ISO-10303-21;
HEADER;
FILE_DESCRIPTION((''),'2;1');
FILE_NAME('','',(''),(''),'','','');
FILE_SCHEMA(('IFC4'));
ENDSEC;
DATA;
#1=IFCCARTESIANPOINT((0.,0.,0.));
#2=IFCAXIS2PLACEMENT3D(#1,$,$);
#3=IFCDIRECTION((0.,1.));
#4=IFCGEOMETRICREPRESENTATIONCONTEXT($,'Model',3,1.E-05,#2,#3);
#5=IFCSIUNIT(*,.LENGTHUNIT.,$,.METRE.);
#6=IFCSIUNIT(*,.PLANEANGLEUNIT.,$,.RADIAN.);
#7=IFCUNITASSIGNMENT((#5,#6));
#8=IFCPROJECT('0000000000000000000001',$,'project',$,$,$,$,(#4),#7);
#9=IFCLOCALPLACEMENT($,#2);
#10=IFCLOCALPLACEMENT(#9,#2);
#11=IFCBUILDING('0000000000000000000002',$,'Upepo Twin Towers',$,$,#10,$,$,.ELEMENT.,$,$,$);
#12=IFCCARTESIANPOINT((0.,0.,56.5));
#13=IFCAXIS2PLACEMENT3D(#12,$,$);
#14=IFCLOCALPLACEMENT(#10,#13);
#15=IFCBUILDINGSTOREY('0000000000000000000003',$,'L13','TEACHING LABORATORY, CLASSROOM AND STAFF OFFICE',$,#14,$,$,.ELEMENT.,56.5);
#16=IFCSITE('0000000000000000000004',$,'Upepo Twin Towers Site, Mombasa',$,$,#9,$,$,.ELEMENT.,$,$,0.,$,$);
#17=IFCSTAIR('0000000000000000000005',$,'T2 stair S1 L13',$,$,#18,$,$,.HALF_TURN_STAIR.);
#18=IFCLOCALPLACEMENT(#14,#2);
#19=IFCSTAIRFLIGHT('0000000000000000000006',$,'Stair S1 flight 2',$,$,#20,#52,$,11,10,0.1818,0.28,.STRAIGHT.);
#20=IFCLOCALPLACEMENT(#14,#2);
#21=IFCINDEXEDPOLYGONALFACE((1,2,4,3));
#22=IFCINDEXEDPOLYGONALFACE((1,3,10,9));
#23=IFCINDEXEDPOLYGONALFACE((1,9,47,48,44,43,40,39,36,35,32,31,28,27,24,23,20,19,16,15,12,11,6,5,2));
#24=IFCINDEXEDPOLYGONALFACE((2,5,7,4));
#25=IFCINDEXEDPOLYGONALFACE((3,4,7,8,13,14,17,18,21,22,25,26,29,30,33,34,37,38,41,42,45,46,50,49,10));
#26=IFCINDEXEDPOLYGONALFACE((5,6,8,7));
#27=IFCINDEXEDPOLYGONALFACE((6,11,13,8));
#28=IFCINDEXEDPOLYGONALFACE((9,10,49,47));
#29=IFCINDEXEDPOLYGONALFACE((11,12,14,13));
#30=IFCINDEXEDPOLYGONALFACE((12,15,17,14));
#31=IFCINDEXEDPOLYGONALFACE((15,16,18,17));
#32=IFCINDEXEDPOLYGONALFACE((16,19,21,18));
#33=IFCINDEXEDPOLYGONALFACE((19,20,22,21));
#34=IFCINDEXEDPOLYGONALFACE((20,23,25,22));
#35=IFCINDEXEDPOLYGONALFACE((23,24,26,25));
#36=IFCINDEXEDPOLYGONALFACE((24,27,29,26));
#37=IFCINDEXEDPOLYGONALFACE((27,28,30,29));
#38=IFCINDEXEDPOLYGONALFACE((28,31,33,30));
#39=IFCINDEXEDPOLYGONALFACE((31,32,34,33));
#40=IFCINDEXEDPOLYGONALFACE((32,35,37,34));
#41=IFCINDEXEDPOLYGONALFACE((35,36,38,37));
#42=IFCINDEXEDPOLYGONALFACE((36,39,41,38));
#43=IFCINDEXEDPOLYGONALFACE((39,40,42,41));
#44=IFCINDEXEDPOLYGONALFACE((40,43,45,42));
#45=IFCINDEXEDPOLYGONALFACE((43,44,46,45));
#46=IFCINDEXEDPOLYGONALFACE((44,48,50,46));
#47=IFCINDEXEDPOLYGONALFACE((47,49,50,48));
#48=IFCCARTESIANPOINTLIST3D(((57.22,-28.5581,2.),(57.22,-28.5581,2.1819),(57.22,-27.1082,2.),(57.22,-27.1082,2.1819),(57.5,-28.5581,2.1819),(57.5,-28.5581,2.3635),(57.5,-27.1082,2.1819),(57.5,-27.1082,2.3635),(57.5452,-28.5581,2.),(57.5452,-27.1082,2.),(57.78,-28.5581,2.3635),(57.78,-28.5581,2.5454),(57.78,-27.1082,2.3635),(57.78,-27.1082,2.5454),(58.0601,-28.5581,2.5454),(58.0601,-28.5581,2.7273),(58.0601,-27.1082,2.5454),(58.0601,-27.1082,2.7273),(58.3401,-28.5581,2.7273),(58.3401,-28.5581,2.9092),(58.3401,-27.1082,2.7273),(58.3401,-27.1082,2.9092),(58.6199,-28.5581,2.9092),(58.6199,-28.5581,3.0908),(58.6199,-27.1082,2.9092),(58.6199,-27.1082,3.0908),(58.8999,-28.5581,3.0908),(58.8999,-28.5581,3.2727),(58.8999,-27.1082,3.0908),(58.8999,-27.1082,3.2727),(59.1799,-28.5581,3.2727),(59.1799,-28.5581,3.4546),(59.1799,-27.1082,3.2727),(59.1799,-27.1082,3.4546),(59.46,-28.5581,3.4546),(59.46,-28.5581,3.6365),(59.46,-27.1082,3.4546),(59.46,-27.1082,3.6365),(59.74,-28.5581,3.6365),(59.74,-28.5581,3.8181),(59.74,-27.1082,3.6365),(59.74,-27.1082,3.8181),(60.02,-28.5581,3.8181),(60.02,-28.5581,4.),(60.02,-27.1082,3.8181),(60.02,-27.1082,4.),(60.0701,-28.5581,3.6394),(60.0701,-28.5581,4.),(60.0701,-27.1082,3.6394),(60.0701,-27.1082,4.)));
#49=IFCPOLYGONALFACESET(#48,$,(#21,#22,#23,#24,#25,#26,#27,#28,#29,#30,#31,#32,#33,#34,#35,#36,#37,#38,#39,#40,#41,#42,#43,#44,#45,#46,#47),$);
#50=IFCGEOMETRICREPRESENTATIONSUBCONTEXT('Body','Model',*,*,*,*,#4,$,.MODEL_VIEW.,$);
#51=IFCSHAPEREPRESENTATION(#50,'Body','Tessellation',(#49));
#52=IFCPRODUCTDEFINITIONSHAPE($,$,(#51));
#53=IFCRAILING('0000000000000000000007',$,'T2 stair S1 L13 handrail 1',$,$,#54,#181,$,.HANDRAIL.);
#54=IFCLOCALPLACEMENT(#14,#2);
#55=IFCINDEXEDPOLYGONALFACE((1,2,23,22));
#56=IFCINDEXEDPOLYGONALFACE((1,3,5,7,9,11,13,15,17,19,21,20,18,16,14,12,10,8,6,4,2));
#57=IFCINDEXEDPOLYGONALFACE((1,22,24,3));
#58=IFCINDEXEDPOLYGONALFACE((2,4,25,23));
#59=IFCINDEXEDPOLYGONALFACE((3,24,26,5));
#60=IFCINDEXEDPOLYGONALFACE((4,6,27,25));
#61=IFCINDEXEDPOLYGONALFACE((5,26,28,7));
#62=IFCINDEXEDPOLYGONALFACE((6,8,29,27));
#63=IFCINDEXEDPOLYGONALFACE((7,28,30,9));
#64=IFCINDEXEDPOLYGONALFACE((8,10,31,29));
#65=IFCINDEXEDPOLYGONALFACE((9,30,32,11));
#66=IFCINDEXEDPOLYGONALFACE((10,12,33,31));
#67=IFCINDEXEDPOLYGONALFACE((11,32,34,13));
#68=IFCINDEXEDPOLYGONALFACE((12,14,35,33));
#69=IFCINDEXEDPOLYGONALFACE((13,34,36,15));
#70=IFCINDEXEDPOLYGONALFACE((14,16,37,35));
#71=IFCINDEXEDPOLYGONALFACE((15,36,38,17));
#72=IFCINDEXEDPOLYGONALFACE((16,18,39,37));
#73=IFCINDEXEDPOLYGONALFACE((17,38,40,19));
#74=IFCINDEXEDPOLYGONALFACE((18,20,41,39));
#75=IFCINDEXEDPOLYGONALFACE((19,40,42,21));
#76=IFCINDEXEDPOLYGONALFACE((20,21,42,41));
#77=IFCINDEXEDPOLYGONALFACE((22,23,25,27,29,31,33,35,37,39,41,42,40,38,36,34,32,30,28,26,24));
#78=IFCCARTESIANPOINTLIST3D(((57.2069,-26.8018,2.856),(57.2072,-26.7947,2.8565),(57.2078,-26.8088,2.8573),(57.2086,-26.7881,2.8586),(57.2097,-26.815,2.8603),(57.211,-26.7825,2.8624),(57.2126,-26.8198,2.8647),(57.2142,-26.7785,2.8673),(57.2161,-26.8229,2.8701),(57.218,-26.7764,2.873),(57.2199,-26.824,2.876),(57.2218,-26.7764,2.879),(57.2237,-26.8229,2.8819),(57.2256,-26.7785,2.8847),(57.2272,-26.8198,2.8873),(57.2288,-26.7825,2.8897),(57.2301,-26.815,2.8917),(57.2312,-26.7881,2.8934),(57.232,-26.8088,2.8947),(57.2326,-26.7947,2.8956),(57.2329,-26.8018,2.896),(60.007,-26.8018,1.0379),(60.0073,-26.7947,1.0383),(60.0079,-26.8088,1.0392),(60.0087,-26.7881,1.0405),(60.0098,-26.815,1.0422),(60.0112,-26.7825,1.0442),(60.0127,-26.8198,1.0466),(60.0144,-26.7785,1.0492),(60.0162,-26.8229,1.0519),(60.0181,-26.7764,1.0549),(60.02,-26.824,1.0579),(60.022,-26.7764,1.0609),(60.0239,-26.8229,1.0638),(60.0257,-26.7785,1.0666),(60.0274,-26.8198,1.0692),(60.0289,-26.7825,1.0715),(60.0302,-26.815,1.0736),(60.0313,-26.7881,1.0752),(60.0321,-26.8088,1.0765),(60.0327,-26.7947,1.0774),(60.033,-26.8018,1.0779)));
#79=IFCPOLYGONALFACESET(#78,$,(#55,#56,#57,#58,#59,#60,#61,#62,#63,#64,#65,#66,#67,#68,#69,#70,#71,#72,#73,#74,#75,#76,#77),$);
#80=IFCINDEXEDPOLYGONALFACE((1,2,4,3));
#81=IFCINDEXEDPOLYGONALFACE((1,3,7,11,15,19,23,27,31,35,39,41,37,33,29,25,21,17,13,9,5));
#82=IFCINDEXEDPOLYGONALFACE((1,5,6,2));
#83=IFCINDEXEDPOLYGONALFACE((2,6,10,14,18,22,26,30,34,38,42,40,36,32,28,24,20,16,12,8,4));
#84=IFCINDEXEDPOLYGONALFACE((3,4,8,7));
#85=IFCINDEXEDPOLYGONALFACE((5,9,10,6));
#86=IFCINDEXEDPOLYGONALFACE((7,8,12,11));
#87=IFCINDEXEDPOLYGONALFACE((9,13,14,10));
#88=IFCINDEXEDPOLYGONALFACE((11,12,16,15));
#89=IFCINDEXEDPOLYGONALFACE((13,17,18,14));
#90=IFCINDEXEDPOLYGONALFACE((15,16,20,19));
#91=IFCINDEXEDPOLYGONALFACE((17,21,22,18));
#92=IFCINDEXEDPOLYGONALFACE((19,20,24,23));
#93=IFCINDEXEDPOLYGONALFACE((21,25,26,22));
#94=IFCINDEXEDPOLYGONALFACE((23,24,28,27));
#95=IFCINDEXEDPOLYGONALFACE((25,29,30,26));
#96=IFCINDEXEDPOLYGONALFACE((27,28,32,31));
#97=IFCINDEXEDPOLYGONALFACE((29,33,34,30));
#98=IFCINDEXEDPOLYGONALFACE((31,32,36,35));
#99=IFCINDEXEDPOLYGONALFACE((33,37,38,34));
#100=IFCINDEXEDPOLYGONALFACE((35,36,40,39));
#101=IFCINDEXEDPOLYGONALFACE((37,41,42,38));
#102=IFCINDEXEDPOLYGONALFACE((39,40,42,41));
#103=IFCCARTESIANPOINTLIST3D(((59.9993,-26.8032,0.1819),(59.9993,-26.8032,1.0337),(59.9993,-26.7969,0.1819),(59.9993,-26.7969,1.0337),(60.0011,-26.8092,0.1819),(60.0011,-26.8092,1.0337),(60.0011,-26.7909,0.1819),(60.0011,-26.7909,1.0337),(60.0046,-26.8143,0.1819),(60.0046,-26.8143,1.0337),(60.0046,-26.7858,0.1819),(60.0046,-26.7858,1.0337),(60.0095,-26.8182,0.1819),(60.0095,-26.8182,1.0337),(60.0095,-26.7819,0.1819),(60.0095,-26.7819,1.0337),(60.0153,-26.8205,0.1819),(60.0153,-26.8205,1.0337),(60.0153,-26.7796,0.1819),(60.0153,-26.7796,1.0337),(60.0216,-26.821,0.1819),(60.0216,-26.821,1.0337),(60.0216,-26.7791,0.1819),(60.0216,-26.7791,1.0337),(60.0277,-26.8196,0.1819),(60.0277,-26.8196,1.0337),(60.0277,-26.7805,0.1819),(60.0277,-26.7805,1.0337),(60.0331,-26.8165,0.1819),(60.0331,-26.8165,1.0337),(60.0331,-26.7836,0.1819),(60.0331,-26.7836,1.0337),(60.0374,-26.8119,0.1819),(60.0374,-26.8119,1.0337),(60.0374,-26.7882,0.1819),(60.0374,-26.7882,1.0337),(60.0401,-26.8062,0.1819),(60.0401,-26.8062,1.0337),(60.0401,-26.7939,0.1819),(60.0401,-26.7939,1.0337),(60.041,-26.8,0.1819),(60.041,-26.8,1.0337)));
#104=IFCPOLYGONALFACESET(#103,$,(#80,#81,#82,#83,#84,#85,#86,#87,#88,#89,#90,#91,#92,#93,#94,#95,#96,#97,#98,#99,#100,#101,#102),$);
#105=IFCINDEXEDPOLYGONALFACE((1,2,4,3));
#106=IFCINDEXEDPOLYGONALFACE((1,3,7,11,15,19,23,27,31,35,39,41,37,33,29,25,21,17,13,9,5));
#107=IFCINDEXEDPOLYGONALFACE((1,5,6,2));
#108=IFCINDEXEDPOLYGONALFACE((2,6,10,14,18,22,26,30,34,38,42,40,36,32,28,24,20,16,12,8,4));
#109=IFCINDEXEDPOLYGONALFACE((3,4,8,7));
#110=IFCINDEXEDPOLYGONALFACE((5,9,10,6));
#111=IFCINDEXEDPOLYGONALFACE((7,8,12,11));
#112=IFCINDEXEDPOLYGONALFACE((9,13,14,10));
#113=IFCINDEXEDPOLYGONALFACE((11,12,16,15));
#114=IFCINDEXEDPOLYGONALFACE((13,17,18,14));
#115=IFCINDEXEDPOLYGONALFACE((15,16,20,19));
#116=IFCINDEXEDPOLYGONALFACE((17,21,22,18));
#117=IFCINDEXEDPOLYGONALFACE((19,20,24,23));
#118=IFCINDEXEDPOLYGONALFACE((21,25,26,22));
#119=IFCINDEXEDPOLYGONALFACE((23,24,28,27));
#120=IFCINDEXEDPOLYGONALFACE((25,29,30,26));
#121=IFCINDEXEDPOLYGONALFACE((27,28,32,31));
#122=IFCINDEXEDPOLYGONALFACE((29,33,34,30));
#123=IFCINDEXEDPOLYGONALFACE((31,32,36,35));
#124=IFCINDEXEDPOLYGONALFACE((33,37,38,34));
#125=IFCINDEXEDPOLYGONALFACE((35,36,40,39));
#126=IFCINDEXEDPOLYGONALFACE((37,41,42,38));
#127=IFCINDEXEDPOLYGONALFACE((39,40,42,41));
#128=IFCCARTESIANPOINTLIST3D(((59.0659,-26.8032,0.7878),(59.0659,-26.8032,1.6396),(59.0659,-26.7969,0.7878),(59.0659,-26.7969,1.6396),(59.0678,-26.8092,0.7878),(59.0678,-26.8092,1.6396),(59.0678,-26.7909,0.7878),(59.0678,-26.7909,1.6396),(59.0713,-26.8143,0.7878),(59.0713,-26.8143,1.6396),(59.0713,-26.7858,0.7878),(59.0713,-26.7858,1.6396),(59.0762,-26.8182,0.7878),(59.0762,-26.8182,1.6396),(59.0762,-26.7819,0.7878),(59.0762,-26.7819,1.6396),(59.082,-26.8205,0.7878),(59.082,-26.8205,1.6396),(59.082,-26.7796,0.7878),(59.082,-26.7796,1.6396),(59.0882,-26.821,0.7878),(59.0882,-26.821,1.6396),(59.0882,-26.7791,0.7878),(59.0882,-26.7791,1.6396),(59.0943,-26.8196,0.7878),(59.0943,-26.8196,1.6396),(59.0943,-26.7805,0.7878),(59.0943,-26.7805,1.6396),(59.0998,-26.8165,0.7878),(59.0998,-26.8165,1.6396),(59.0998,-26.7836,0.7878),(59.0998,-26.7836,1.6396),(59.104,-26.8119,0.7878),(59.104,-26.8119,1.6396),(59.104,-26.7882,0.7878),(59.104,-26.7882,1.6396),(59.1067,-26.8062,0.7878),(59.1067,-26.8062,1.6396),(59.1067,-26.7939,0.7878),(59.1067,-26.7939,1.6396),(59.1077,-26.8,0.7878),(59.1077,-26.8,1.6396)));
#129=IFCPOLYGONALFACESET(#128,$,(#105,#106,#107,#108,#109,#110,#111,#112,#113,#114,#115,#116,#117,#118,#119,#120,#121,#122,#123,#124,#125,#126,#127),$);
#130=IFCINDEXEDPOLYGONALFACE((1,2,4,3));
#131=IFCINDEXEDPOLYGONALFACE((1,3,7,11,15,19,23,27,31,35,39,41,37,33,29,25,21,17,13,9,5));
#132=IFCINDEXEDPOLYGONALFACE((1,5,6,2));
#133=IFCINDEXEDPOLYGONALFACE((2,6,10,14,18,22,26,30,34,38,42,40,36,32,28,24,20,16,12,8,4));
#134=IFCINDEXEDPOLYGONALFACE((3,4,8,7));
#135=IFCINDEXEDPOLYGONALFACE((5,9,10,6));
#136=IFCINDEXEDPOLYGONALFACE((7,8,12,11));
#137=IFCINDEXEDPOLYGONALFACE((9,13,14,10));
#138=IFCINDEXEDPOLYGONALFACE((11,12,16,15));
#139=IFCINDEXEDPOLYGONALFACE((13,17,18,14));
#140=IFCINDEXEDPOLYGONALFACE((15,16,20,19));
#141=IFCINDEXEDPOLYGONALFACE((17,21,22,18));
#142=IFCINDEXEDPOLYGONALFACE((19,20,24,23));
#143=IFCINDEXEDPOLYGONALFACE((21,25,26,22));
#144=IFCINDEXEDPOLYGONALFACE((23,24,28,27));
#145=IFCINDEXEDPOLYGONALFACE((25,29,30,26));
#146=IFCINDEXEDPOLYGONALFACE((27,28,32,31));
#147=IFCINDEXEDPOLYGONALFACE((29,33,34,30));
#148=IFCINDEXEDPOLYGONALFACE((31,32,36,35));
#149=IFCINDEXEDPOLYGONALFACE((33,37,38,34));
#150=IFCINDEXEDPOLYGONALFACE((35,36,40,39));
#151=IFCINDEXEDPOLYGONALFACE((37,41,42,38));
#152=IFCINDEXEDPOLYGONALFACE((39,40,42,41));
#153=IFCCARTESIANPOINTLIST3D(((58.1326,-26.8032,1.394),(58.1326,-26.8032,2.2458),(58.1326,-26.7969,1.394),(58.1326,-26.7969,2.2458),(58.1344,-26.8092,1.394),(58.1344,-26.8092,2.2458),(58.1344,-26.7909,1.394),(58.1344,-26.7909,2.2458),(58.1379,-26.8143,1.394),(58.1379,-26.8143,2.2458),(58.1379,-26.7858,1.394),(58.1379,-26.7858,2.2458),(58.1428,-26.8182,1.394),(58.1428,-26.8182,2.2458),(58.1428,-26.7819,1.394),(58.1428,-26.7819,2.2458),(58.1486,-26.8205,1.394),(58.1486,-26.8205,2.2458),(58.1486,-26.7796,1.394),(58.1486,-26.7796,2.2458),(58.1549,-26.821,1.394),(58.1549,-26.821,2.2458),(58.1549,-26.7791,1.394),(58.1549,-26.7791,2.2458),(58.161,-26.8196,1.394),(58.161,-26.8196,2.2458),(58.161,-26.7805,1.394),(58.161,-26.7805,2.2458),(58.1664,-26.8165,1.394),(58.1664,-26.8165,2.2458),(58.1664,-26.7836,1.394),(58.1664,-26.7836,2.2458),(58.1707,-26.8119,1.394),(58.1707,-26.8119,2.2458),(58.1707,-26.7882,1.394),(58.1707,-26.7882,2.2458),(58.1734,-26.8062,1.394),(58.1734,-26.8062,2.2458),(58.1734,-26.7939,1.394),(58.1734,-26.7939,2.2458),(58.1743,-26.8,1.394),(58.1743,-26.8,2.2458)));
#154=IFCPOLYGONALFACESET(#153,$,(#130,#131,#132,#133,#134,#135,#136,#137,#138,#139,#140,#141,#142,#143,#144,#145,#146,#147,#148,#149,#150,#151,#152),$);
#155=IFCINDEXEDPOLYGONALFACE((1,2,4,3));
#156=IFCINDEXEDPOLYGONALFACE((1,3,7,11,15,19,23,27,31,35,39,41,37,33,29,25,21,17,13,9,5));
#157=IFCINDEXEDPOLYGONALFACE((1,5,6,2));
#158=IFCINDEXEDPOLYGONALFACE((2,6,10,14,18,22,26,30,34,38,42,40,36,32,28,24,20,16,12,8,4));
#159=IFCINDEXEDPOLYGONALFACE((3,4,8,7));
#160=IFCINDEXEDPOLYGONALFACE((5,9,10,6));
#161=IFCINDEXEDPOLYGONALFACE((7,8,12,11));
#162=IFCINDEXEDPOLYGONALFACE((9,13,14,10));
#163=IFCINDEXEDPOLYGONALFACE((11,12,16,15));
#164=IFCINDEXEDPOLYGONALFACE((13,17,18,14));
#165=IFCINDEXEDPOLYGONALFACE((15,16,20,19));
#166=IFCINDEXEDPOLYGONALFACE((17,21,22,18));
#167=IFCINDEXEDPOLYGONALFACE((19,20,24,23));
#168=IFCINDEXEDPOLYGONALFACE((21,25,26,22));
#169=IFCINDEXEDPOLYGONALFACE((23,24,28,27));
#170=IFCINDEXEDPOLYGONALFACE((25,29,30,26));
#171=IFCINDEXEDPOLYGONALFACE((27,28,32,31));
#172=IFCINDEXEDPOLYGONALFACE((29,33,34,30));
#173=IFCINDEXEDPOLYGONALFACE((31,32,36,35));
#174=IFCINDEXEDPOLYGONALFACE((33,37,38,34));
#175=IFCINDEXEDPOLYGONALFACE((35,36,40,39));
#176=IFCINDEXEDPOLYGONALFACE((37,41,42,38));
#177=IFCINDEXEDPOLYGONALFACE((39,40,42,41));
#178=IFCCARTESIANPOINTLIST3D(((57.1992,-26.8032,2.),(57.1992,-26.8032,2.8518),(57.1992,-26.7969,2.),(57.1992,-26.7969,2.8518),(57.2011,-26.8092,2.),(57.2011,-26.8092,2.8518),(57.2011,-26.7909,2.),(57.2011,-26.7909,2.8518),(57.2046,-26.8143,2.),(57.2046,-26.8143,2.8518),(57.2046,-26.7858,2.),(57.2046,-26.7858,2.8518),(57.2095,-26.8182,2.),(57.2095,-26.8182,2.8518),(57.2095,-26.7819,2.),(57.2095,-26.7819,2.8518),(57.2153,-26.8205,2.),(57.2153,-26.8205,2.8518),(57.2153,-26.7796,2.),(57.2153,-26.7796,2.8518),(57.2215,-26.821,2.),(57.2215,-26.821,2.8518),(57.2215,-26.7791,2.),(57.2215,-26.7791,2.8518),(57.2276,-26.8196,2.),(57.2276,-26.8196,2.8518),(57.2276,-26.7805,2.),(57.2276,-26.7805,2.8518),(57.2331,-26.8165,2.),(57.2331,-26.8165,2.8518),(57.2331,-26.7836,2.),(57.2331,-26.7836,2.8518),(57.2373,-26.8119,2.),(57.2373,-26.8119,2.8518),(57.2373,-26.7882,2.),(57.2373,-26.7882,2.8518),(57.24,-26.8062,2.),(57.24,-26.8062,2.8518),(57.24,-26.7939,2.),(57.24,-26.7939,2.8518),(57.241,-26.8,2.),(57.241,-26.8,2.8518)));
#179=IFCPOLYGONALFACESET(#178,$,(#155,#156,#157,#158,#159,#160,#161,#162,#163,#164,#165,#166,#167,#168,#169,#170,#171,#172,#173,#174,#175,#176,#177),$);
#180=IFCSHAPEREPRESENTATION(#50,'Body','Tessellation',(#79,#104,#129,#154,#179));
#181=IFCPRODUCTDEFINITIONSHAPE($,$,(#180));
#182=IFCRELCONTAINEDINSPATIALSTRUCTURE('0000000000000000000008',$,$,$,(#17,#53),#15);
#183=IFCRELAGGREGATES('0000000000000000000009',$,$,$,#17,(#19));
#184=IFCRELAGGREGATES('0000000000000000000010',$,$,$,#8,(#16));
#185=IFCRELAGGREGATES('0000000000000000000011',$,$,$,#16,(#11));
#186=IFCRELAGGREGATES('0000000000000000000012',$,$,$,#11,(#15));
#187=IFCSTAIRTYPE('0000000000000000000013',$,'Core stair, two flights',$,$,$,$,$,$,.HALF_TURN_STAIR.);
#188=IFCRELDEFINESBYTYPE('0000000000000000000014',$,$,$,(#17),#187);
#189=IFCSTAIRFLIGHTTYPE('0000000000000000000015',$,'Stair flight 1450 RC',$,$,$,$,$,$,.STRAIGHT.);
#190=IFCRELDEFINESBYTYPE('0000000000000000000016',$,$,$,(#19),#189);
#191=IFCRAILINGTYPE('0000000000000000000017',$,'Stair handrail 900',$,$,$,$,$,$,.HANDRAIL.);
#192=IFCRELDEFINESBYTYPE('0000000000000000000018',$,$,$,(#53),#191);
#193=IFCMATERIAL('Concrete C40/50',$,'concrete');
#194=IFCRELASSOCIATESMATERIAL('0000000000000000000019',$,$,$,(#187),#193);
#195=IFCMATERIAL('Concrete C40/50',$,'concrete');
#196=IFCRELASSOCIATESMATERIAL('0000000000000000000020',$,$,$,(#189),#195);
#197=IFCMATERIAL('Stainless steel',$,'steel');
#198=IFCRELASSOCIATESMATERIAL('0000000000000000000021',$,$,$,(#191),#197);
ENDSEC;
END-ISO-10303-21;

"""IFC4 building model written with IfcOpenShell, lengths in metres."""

from ifc_helpers import new_model, si_unit, direction, frame, origin, origin_2d, place, context, subcontext, project, spatial, polyline, circle, outline, extrude, material, type_object, element, aggregate, save


model = new_model("IFC4")

# Units and contexts
model_context = context("Model", 3, precision=1e-05, world=origin(), true_north=direction((0.0, 1.0)))
body_context = subcontext(model_context, "Body", "Model", "MODEL_VIEW")
ifc_project = project(units=[si_unit("LENGTHUNIT", "METRE"), si_unit("PLANEANGLEUNIT", "RADIAN")], contexts=[model_context])

# Site, building, storey
site_placement = place(None, origin())
site = spatial("IfcSite", under=ifc_project, at=site_placement, Name="Upepo Twin Towers Site, Mombasa", CompositionType="ELEMENT", RefElevation=0.0)
building_placement = place(site_placement, origin())
building = spatial("IfcBuilding", under=site, at=building_placement, Name="Upepo Twin Towers", CompositionType="ELEMENT")
storey_placement = place(building_placement, frame((0.0, 0.0, 56.5)))
storey = spatial("IfcBuildingStorey", under=building, at=storey_placement, Name="L13", Description="TEACHING LABORATORY, CLASSROOM AND STAFF OFFICE", CompositionType="ELEMENT", Elevation=56.5)

# Stair, stair flight
ifc_material_1 = material(Name="Concrete C40/50", Category="concrete")
stair_type = type_object("IfcStairType", Name="Core stair, two flights", PredefinedType="HALF_TURN_STAIR", material=ifc_material_1)
stair_placement = place(storey_placement, origin())
stair = element("IfcStair", 1, at=stair_placement, inside=storey, type_object=stair_type, Name="T2 stair S1 L13", PredefinedType="HALF_TURN_STAIR")
ifc_material_2 = material(Name="Concrete C40/50", Category="concrete")
stair_flight_type = type_object("IfcStairFlightType", Name="Stair flight 1450 RC", PredefinedType="STRAIGHT", material=ifc_material_2)
stair_flight_1_placement = place(storey_placement, frame((57.22, -27.8333, 2.0), z_axis=(0.0, 0.0, 1.0), x_axis=(1.0, 0.0, 0.0)))
stair_flight_1 = element("IfcStairFlight", 2, at=stair_flight_1_placement, type_object=stair_flight_type, Name="Stair S1 flight 2", NumberOfRisers=11, NumberOfTreads=10, PredefinedType="STRAIGHT", RiserHeight=0.1818, TreadLength=0.28, context=body_context, shape_type="SweptSolid", body=[
    extrude(outline(polyline([(0.0, 0.0), (0.0, 0.1819), (0.28, 0.1819), (0.28, 0.3635), (0.5601, 0.3635), (0.5601, 0.5454), (0.8401, 0.5454), (0.8401, 0.7273), (1.1201, 0.7273), (1.1201, 0.9092), (1.3999, 0.9092), (1.3999, 1.0908), (1.6799, 1.0908), (1.6799, 1.2727), (1.96, 1.2727), (1.96, 1.4546), (2.24, 1.4546), (2.24, 1.6365), (2.52, 1.6365), (2.52, 1.8181), (2.8, 1.8181), (2.8, 2.0), (2.8501, 2.0), (2.8501, 1.6394), (0.3252, 0.0), (0.0, 0.0)])), frame((0.0, 0.7251, 0.0), z_axis=(0.0, -1.0, 0.0), x_axis=(1.0, 0.0, 0.0)), (0.0, 0.0, 1.0), 1.45),
])
aggregate(stair, [stair_flight_1])

# Railing
ifc_material_3 = material(Name="Stainless steel", Category="steel")
railing_type = type_object("IfcRailingType", Name="Stair handrail 900", PredefinedType="HANDRAIL", material=ifc_material_3)
railing_1_placement = place(storey_placement, frame((60.02, -26.8, 0.1819)))
element("IfcRailing", 3, at=railing_1_placement, inside=storey, type_object=railing_type, Name="T2 stair S1 L13 handrail 1", PredefinedType="HANDRAIL", context=body_context, shape_type="SweptSolid", body=[
    extrude(circle(Radius=0.0239, at=origin_2d()), frame((0.0, 0.0, 0.876), z_axis=(-0.838706, 0.0, 0.544585), x_axis=(0.0, -1.0, 0.0)), (0.0, 0.0, 1.0), 3.3386),
    extrude(circle(Radius=0.021, at=origin_2d()), origin(), (0.0, 0.0, 1.0), 0.8518),
    extrude(circle(Radius=0.021, at=origin_2d()), frame((-0.9333, 0.0, 0.606)), (0.0, 0.0, 1.0), 0.8518),
    extrude(circle(Radius=0.021, at=origin_2d()), frame((-1.8667, 0.0, 1.2122)), (0.0, 0.0, 1.0), 0.8518),
    extrude(circle(Radius=0.021, at=origin_2d()), frame((-2.8, 0.0, 1.8181)), (0.0, 0.0, 1.0), 0.8518),
])

save(model, "model.ifc")
